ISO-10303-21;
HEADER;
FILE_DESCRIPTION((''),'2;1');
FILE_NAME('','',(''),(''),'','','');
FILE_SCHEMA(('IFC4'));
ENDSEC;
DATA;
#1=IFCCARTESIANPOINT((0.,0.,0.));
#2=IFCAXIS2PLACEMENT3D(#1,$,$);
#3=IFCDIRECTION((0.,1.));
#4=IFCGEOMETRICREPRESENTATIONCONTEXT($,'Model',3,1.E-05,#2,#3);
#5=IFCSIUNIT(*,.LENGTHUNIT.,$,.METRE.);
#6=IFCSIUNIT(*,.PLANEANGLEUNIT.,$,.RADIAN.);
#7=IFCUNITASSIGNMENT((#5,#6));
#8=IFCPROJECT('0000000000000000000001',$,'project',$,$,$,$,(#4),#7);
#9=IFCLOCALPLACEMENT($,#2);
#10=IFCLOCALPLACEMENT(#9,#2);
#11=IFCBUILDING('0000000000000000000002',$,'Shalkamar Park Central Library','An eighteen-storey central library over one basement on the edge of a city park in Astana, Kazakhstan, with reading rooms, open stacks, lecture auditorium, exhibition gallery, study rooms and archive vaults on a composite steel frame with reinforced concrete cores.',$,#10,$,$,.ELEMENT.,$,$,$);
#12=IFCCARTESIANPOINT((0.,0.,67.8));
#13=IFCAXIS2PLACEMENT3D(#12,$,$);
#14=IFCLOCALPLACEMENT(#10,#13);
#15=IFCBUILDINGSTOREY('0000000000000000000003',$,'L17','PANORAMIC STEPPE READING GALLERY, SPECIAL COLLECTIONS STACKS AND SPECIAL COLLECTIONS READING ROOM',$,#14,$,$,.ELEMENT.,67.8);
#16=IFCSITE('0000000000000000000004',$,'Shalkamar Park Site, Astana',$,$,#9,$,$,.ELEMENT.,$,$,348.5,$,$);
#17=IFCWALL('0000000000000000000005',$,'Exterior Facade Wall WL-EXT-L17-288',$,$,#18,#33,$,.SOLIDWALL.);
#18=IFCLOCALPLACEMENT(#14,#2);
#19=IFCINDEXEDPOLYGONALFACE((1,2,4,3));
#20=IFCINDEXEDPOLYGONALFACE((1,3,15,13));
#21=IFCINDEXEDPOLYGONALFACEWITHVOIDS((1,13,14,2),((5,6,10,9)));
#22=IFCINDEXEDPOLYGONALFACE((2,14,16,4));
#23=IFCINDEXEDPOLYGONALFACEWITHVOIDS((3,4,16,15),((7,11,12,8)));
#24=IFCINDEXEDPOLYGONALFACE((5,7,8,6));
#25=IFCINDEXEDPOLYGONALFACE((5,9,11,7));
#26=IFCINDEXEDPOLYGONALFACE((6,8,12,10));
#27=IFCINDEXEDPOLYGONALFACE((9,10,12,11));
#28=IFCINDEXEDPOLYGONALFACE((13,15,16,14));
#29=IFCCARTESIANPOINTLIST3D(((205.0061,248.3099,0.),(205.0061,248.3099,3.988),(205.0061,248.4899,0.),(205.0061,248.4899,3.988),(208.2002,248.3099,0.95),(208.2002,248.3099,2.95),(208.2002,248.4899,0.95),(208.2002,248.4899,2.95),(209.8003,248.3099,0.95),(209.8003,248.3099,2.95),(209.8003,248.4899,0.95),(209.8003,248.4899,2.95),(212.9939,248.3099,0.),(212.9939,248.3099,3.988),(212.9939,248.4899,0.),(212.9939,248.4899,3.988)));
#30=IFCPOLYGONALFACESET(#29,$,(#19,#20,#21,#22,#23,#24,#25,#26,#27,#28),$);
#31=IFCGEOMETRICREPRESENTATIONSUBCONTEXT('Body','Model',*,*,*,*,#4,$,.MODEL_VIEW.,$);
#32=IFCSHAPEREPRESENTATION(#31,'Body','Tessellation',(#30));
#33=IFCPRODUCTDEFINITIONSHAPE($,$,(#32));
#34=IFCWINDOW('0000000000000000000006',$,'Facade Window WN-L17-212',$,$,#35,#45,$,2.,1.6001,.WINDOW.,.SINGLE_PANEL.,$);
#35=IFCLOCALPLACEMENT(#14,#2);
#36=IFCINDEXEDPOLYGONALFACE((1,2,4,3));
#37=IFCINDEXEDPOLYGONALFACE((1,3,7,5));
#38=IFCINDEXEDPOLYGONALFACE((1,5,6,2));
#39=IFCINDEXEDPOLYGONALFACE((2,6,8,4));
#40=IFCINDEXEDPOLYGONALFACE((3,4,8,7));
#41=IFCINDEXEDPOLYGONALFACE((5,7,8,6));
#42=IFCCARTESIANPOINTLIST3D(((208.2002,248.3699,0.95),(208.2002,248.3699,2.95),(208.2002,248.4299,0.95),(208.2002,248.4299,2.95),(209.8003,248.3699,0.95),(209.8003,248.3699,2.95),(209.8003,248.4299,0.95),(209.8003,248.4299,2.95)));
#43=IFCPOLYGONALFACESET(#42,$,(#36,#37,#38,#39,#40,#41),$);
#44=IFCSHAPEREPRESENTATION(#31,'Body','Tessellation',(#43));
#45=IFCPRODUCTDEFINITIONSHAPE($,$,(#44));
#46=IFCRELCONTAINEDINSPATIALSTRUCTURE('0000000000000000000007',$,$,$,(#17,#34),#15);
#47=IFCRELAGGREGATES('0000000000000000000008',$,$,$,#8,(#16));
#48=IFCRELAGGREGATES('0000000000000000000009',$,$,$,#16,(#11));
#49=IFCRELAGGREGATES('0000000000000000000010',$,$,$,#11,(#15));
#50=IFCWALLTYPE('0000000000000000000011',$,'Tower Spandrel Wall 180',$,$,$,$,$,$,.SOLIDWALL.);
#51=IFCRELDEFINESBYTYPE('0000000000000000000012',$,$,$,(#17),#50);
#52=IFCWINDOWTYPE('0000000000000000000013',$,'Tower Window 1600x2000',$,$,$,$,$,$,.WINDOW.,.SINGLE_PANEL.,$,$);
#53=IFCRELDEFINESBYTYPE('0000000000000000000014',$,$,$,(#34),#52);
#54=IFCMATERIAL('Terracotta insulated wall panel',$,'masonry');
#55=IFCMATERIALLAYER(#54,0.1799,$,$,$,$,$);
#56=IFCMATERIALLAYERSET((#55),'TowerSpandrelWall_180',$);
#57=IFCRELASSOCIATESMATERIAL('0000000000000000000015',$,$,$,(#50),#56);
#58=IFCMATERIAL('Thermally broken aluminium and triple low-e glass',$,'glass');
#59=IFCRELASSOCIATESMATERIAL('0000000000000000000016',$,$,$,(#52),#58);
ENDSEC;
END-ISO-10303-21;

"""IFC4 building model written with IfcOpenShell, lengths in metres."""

from ifc_helpers import new_model, si_unit, direction, frame, frame_2d, origin, place, context, subcontext, project, spatial, rectangle, extrude, material, layer, layer_set, type_object, element, fill, save


model = new_model("IFC4")

# Units and contexts
model_context = context("Model", 3, precision=1e-05, world=origin(), true_north=direction((0.0, 1.0)))
body_context = subcontext(model_context, "Body", "Model", "MODEL_VIEW")
ifc_project = project(units=[si_unit("LENGTHUNIT", "METRE"), si_unit("PLANEANGLEUNIT", "RADIAN")], contexts=[model_context])

# Site, building, storey
site_placement = place(None, origin())
site = spatial("IfcSite", under=ifc_project, at=site_placement, Name="Shalkamar Park Site, Astana", CompositionType="ELEMENT", RefElevation=348.5)
building_placement = place(site_placement, origin())
building = spatial("IfcBuilding", under=site, at=building_placement, Name="Shalkamar Park Central Library", Description="An eighteen-storey central library over one basement on the edge of a city park in Astana, Kazakhstan, with reading rooms, open stacks, lecture auditorium, exhibition gallery, study rooms and archive vaults on a composite steel frame with reinforced concrete cores.", CompositionType="ELEMENT")
storey_placement = place(building_placement, frame((0.0, 0.0, 67.8)))
storey = spatial("IfcBuildingStorey", under=building, at=storey_placement, Name="L17", Description="PANORAMIC STEPPE READING GALLERY, SPECIAL COLLECTIONS STACKS AND SPECIAL COLLECTIONS READING ROOM", CompositionType="ELEMENT", Elevation=67.8)

# Shared definitions
ifc_material_1 = material(Name="Terracotta insulated wall panel", Category="masonry")
ifc_layer_1 = layer(ifc_material_1, 0.1799)
ifc_layer_set_1 = layer_set([ifc_layer_1], Name="TowerSpandrelWall_180")
wall_type_1 = type_object("IfcWallType", Name="Tower Spandrel Wall 180", PredefinedType="SOLIDWALL", material=ifc_layer_set_1)
ifc_material_2 = material(Name="Thermally broken aluminium and triple low-e glass", Category="glass")

# Wall, opening, window
wall_1_placement = place(storey_placement, frame((205.0061, 248.3999, 0.0), z_axis=(0.0, 0.0, 1.0), x_axis=(1.0, 0.0, 0.0)))
wall_1 = element("IfcWall", 1, at=wall_1_placement, inside=storey, type_object=wall_type_1, Name="Exterior Facade Wall WL-EXT-L17-288", PredefinedType="SOLIDWALL", context=body_context, shape_type="SweptSolid", body=[
    extrude(rectangle(XDim=7.9878, YDim=0.1799, at=frame_2d((3.9939, 0.0))), origin(), (0.0, 0.0, 1.0), 3.988),
])
opening_1_placement = place(wall_1_placement, frame((3.1941, 0.0, 0.95)))
opening_1 = element("IfcOpeningElement", 2, at=opening_1_placement, cuts=wall_1, PredefinedType="OPENING", context=body_context, shape_type="SweptSolid", body=[
    extrude(rectangle(XDim=1.6001, YDim=2.0, at=frame_2d((0.8, 1.0))), frame((0.0, 0.105, 0.0), z_axis=(0.0, -1.0, 0.0), x_axis=(1.0, 0.0, 0.0)), (0.0, 0.0, 1.0), 0.2097),
])
window_type_1 = type_object("IfcWindowType", Name="Tower Window 1600x2000", PartitioningType="SINGLE_PANEL", PredefinedType="WINDOW", material=ifc_material_2)
window_1_placement = place(opening_1_placement, origin())
window_1 = element("IfcWindow", 3, at=window_1_placement, inside=storey, type_object=window_type_1, Name="Facade Window WN-L17-212", OverallHeight=2.0, OverallWidth=1.6001, PartitioningType="SINGLE_PANEL", PredefinedType="WINDOW", context=body_context, shape_type="SweptSolid", body=[
    extrude(rectangle(XDim=1.6001, YDim=2.0, at=frame_2d((0.8, 1.0))), frame((0.0, 0.03, 0.0), z_axis=(0.0, -1.0, 0.0), x_axis=(1.0, 0.0, 0.0)), (0.0, 0.0, 1.0), 0.0601),
])
fill(opening_1, window_1)

save(model, "model.ifc")
